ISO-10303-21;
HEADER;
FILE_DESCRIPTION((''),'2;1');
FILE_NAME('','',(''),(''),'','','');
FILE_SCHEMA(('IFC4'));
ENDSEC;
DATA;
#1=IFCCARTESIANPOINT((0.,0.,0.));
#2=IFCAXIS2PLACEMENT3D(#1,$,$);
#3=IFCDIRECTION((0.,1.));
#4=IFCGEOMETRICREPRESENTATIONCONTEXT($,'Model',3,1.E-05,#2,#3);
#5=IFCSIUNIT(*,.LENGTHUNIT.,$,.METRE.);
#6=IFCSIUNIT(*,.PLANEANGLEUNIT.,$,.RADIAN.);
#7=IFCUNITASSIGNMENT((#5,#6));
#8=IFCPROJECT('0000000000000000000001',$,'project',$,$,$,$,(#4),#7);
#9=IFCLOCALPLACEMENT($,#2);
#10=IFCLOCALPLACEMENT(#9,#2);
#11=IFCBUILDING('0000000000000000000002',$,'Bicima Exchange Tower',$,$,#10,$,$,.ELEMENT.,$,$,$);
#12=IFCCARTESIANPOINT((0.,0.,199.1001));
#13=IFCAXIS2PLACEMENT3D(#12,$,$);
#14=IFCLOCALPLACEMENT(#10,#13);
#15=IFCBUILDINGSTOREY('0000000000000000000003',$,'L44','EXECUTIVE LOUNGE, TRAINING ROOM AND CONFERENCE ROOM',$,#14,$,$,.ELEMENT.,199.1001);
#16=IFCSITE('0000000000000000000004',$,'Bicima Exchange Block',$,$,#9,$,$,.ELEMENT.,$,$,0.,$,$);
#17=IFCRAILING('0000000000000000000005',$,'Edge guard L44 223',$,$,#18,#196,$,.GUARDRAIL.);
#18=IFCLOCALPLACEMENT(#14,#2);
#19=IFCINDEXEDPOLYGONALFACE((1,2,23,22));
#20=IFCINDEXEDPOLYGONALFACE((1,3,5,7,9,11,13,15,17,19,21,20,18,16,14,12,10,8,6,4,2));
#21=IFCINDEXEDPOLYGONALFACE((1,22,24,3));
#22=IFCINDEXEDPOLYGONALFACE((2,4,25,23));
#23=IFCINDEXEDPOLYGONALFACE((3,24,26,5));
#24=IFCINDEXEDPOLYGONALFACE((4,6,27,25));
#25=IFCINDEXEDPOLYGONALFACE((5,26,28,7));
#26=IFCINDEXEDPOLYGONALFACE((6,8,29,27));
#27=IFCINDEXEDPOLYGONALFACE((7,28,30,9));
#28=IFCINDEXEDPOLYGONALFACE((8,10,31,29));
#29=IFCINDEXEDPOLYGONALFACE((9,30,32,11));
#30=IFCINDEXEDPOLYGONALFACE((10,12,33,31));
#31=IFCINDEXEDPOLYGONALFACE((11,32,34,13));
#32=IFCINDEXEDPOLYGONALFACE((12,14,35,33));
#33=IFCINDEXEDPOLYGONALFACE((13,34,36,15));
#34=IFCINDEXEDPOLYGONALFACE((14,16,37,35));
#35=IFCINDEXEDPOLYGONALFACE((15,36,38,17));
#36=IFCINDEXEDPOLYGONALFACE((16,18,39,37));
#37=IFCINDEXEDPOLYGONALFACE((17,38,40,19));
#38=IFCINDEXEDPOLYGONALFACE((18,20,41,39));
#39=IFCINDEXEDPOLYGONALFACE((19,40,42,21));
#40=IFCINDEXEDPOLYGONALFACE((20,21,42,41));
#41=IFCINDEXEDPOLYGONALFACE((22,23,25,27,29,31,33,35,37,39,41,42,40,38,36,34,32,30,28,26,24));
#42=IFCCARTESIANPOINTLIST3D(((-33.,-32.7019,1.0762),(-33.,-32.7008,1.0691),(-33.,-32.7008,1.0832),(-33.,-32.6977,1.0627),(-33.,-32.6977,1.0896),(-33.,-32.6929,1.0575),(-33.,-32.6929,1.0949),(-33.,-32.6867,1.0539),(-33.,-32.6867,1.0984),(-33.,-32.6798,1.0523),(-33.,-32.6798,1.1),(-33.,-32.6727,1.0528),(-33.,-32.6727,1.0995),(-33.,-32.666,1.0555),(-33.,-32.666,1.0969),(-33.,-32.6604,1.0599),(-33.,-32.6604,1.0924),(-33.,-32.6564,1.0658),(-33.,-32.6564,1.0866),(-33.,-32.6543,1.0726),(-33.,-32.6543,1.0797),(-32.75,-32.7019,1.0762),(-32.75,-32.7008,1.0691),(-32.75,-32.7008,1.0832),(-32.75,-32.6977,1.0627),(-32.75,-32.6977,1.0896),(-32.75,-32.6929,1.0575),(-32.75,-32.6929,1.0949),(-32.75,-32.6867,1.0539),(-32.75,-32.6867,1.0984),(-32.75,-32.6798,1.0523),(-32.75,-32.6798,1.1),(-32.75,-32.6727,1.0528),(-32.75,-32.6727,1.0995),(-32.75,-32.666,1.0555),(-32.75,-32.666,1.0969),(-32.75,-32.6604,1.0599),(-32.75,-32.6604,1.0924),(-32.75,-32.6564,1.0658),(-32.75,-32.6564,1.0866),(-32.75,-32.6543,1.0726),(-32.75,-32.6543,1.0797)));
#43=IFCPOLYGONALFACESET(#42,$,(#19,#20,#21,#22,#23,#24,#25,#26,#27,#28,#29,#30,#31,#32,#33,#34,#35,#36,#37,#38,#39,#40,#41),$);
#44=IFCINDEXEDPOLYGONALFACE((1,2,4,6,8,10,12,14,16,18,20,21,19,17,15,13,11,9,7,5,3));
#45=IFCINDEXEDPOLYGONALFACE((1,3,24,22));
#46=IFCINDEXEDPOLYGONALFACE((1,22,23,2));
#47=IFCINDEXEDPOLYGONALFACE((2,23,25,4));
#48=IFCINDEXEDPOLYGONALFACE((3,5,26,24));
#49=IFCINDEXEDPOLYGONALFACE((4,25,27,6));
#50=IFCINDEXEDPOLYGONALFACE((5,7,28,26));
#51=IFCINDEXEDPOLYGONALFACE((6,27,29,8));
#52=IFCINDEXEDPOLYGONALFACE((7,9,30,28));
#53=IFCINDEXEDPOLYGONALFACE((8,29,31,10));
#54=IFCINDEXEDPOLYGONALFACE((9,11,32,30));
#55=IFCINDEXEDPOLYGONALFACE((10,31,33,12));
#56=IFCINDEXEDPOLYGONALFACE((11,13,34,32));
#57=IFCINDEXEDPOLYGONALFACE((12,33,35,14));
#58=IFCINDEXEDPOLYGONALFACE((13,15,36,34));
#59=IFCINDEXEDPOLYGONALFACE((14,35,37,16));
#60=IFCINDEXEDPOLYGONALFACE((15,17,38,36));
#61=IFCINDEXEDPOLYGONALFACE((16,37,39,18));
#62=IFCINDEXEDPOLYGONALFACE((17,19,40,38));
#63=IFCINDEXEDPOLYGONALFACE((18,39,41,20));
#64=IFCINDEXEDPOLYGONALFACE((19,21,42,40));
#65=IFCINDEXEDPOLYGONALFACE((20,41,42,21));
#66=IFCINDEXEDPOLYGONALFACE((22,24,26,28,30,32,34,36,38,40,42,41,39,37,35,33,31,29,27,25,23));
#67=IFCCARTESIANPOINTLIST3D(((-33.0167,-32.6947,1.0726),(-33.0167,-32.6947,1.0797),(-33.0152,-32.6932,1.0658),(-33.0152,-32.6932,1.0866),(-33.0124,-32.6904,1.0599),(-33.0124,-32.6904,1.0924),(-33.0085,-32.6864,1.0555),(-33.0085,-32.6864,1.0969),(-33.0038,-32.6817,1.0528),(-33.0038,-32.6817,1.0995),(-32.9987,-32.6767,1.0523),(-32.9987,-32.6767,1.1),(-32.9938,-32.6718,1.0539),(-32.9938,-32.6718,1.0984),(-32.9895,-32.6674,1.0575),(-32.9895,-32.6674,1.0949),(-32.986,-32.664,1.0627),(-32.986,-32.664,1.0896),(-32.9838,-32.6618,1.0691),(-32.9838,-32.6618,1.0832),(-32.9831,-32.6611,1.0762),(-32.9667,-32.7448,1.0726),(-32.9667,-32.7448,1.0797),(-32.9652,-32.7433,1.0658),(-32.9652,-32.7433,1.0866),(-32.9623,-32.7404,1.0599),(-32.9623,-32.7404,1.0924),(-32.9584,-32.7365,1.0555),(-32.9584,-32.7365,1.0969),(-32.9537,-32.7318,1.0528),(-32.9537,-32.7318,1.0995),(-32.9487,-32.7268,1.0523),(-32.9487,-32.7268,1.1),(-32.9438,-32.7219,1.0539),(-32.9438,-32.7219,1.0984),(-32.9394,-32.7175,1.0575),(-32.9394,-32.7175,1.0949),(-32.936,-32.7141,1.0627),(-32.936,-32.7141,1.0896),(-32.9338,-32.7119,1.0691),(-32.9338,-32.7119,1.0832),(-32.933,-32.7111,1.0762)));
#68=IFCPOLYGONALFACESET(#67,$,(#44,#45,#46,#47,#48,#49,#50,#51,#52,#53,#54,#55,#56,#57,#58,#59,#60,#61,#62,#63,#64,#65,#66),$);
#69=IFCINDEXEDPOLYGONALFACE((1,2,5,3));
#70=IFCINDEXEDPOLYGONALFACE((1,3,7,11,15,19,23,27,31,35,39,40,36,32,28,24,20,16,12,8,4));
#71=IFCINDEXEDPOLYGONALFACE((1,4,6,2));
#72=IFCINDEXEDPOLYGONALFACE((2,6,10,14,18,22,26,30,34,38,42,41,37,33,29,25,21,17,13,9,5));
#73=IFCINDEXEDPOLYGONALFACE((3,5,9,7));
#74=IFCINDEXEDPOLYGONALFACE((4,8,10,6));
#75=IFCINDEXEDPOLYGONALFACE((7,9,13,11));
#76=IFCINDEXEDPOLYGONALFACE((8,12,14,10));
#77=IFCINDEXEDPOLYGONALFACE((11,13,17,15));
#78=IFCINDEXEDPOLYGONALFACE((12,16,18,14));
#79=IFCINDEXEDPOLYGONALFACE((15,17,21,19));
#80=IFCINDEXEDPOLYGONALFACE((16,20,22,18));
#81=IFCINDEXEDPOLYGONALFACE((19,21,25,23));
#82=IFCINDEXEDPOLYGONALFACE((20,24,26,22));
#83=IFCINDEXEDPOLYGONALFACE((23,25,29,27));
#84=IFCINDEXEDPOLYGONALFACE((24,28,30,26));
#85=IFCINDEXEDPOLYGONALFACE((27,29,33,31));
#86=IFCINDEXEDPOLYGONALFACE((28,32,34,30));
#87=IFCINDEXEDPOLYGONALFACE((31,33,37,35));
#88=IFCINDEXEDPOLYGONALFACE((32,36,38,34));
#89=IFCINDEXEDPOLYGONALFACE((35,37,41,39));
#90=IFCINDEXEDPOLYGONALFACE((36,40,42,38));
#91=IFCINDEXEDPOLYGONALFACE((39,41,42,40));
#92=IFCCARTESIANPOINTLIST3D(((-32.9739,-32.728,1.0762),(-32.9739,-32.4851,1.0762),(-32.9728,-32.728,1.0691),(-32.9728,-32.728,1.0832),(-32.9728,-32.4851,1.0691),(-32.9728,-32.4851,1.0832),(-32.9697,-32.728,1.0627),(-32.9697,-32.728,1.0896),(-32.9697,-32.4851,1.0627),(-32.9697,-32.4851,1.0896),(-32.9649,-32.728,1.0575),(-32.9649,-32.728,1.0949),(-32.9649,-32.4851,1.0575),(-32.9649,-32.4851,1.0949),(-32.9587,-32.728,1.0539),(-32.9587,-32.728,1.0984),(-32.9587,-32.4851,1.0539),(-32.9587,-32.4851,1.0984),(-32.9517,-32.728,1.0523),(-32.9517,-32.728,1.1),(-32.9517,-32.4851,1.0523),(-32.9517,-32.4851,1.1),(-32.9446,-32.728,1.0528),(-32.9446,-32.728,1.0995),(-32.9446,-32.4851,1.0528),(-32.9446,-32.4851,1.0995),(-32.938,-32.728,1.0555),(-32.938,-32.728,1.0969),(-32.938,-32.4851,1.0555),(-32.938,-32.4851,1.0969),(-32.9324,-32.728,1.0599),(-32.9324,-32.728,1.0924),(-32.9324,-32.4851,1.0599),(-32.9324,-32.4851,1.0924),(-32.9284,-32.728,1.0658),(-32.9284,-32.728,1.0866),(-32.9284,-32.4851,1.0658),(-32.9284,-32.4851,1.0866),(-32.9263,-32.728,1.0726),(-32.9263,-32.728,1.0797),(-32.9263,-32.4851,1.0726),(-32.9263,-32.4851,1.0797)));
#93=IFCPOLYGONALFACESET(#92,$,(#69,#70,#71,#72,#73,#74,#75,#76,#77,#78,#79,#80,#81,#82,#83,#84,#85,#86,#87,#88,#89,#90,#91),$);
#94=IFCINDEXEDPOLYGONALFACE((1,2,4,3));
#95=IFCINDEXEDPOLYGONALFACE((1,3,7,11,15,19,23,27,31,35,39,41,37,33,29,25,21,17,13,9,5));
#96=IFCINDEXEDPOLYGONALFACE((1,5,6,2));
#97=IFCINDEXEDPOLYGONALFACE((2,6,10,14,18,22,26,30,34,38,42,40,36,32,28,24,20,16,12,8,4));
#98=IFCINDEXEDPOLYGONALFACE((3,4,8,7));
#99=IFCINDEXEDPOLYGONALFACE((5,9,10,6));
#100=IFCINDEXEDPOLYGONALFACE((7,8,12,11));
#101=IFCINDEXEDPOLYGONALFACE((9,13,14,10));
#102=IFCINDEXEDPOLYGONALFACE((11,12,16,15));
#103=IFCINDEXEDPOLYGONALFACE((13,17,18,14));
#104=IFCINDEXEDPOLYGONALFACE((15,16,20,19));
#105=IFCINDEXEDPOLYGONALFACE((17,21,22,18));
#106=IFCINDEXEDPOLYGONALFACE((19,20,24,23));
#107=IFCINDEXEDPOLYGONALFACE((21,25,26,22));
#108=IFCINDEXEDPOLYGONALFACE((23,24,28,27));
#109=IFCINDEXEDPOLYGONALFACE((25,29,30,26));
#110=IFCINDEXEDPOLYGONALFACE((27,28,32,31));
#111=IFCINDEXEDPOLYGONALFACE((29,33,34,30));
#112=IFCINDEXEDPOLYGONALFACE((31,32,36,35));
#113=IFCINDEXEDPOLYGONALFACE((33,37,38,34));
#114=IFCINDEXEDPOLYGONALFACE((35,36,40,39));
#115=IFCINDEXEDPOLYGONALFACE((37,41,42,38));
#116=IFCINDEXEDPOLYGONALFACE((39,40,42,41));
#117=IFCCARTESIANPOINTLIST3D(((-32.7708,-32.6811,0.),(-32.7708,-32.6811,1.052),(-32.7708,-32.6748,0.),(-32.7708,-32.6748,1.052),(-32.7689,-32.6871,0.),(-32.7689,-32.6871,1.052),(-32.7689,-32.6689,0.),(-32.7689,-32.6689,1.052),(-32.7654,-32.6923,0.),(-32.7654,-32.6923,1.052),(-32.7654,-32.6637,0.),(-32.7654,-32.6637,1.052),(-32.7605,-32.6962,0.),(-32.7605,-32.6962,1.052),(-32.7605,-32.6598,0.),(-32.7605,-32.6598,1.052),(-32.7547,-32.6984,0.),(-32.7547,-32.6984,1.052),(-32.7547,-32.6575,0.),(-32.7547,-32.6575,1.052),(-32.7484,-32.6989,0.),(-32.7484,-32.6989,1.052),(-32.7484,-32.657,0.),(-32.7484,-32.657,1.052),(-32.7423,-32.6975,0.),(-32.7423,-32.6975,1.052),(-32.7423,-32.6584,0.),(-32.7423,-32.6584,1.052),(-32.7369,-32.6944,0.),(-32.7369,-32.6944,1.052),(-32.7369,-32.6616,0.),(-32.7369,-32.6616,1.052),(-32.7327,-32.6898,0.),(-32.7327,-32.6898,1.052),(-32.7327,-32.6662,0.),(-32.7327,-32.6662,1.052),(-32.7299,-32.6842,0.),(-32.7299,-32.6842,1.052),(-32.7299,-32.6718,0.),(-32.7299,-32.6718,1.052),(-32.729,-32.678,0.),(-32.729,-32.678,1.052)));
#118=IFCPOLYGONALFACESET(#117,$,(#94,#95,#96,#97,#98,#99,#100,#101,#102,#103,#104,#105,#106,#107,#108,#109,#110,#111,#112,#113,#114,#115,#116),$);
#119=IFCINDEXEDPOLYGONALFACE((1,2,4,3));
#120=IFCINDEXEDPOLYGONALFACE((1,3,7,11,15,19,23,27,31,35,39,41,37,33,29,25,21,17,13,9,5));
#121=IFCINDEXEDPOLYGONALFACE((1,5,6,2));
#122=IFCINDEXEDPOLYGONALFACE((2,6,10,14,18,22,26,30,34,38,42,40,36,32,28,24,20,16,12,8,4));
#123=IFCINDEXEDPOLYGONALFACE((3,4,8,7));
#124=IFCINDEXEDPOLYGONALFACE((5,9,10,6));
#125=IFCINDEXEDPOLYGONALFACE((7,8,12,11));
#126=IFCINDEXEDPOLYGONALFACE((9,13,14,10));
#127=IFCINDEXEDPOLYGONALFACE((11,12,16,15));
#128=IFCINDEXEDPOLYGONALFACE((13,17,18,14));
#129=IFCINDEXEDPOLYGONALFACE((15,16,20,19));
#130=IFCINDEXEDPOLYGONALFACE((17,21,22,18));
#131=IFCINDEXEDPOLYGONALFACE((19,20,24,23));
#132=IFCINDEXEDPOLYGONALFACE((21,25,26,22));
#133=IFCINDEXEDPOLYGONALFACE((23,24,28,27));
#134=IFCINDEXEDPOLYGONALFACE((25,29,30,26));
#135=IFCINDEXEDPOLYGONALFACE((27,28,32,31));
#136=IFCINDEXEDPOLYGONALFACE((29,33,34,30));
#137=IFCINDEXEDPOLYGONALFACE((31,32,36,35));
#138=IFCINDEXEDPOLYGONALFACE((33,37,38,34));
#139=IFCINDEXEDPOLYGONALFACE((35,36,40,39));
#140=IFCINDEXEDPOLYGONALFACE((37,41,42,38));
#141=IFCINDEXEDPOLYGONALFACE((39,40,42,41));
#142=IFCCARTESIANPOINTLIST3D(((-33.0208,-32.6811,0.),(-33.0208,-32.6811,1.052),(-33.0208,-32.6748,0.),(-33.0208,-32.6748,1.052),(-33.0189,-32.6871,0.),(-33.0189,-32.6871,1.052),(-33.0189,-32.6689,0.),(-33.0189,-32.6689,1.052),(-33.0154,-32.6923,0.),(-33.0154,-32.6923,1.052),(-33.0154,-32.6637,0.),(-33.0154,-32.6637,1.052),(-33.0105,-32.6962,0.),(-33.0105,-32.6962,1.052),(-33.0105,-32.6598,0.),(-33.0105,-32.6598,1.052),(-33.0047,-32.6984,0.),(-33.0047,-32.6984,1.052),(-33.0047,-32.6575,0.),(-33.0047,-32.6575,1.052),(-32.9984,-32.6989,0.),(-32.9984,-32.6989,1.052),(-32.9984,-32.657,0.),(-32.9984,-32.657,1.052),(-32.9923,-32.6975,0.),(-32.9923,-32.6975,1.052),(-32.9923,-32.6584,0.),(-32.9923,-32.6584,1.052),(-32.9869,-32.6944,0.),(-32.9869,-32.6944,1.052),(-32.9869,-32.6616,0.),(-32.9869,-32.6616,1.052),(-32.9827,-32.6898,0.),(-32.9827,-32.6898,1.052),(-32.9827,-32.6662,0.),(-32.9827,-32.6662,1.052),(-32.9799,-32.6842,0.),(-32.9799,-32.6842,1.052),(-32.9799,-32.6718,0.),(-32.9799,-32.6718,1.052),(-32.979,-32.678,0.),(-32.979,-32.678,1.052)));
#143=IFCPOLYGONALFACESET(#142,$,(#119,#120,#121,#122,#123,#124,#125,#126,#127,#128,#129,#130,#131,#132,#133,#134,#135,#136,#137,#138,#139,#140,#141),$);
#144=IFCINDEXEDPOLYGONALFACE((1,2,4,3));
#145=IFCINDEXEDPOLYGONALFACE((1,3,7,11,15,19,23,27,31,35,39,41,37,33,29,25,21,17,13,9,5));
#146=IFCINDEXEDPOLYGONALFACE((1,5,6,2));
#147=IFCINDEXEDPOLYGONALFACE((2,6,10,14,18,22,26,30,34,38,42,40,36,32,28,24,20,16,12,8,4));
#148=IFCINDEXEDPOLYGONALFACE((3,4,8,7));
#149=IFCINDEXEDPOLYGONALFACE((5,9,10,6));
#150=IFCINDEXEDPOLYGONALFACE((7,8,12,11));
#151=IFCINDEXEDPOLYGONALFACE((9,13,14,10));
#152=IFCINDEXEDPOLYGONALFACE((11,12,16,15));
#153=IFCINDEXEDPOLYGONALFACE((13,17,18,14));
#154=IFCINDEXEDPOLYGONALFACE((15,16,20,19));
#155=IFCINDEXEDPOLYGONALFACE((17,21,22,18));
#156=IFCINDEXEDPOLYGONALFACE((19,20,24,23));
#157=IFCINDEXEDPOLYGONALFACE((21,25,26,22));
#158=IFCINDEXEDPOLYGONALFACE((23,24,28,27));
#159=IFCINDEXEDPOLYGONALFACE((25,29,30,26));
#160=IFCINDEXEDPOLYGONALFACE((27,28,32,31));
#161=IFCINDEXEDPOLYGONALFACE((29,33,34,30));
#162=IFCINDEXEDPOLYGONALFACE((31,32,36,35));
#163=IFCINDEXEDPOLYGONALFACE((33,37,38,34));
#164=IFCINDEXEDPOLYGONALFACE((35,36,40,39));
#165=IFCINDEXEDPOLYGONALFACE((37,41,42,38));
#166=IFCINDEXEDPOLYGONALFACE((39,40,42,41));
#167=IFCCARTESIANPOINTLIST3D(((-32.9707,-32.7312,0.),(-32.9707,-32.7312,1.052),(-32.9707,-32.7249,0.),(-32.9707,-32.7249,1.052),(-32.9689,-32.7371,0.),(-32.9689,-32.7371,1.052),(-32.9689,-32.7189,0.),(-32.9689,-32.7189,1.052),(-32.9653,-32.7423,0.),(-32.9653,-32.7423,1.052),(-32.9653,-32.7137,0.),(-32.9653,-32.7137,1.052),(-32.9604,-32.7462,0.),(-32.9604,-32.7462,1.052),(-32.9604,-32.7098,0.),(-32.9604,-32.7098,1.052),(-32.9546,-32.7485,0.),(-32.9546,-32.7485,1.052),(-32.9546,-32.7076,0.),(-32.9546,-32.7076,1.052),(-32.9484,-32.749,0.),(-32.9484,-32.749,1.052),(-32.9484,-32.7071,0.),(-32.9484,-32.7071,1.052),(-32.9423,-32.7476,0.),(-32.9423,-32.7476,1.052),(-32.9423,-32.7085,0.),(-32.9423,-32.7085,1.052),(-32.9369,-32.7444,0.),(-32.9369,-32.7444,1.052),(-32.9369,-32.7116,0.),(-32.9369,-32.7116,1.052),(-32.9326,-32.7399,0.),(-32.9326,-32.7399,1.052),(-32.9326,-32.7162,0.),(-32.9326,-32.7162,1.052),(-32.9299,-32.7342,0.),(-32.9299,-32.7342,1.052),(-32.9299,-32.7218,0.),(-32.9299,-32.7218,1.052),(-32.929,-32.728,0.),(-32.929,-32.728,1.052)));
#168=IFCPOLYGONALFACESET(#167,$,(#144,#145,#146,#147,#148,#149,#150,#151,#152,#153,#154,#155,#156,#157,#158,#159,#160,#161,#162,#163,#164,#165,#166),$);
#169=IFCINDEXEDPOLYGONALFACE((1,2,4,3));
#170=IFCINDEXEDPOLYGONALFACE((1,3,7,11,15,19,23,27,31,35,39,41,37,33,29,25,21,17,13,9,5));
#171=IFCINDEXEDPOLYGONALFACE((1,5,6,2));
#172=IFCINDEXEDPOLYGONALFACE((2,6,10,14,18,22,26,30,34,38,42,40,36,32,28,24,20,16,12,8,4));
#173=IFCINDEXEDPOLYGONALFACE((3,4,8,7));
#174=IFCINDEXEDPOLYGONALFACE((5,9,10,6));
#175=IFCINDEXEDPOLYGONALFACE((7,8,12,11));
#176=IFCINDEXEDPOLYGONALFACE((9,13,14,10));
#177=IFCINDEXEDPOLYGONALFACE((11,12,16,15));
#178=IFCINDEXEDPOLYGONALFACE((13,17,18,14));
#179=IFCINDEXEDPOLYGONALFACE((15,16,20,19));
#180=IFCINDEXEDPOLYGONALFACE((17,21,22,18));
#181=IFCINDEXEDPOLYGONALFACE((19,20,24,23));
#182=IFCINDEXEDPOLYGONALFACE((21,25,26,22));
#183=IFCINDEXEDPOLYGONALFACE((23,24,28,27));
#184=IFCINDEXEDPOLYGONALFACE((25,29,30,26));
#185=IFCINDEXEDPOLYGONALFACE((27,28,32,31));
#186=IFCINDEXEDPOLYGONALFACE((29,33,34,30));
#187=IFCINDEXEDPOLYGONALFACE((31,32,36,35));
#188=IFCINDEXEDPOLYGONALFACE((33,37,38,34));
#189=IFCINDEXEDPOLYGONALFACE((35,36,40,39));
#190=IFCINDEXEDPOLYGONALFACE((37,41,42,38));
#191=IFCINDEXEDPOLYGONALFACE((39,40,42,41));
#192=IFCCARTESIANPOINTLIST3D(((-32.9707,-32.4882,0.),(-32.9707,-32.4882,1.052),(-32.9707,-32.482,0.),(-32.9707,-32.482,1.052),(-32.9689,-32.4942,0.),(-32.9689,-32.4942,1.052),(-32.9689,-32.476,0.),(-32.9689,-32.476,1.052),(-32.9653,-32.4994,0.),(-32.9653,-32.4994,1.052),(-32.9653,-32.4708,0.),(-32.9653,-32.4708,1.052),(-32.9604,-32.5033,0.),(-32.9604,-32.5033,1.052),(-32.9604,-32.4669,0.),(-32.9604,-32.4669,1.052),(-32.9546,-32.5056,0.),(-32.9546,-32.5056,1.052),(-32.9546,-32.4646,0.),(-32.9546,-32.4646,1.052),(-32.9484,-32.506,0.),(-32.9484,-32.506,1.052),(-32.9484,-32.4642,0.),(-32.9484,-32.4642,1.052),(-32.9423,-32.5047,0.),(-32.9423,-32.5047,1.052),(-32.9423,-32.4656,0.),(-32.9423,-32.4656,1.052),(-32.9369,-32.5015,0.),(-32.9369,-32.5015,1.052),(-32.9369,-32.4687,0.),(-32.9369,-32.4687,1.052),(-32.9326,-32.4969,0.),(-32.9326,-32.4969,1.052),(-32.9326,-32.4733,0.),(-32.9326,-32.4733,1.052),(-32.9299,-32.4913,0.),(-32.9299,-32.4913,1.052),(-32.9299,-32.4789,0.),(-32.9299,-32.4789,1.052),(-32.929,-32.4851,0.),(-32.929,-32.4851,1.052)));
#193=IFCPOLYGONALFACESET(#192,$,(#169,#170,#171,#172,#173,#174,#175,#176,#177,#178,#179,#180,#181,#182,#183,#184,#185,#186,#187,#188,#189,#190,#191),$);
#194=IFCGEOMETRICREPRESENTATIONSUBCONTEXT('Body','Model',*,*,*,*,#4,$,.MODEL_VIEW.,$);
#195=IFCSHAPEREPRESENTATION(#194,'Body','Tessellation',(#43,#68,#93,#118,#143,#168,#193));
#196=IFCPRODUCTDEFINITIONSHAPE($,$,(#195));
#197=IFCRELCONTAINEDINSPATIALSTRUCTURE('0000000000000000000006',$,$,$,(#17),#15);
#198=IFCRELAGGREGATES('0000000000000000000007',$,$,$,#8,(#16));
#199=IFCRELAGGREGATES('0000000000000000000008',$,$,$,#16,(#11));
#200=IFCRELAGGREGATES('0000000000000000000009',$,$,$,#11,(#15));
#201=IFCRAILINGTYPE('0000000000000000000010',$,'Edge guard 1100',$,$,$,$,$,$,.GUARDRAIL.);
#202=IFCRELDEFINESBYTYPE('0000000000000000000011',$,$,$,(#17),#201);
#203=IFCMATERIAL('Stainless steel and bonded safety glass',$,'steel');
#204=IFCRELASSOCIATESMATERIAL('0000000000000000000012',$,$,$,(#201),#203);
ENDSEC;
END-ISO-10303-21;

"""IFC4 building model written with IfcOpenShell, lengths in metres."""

from ifc_helpers import new_model, si_unit, direction, frame, origin, origin_2d, place, context, subcontext, project, spatial, circle, extrude, material, type_object, element, save


model = new_model("IFC4")

# Units and contexts
model_context = context("Model", 3, precision=1e-05, world=origin(), true_north=direction((0.0, 1.0)))
body_context = subcontext(model_context, "Body", "Model", "MODEL_VIEW")
ifc_project = project(units=[si_unit("LENGTHUNIT", "METRE"), si_unit("PLANEANGLEUNIT", "RADIAN")], contexts=[model_context])

# Site, building, storey
site_placement = place(None, origin())
site = spatial("IfcSite", under=ifc_project, at=site_placement, Name="Bicima Exchange Block", CompositionType="ELEMENT", RefElevation=0.0)
building_placement = place(site_placement, origin())
building = spatial("IfcBuilding", under=site, at=building_placement, Name="Bicima Exchange Tower", CompositionType="ELEMENT")
storey_placement = place(building_placement, frame((0.0, 0.0, 199.1001)))
storey = spatial("IfcBuildingStorey", under=building, at=storey_placement, Name="L44", Description="EXECUTIVE LOUNGE, TRAINING ROOM AND CONFERENCE ROOM", CompositionType="ELEMENT", Elevation=199.1001)

# Railing
ifc_material_1 = material(Name="Stainless steel and bonded safety glass", Category="steel")
railing_type = type_object("IfcRailingType", Name="Edge guard 1100", PredefinedType="GUARDRAIL", material=ifc_material_1)
railing_1_placement = place(storey_placement, frame((-32.75, -32.678, 0.0)))
element("IfcRailing", 1, at=railing_1_placement, inside=storey, type_object=railing_type, Name="Edge guard L44 223", PredefinedType="GUARDRAIL", context=body_context, shape_type="SweptSolid", body=[
    extrude(circle(Radius=0.0239, at=origin_2d()), frame((0.0, 0.0, 1.0762), z_axis=(-1.0, 0.0, 0.0), x_axis=(0.0, -1.0, 0.0)), (0.0, 0.0, 1.0), 0.25),
    extrude(circle(Radius=0.0239, at=origin_2d()), frame((-0.25, 0.0, 1.0762), z_axis=(0.707107, -0.707107, 0.0), x_axis=(0.707107, 0.707107, 0.0)), (0.0, 0.0, 1.0), 0.0708),
    extrude(circle(Radius=0.0239, at=origin_2d()), frame((-0.2, -0.05, 1.0762), z_axis=(0.0, 1.0, 0.0), x_axis=(-1.0, 0.0, 0.0)), (0.0, 0.0, 1.0), 0.2429),
    extrude(circle(Radius=0.021, at=origin_2d()), origin(), (0.0, 0.0, 1.0), 1.052),
    extrude(circle(Radius=0.021, at=origin_2d()), frame((-0.25, 0.0, 0.0)), (0.0, 0.0, 1.0), 1.052),
    extrude(circle(Radius=0.021, at=origin_2d()), frame((-0.2, -0.05, 0.0)), (0.0, 0.0, 1.0), 1.052),
    extrude(circle(Radius=0.021, at=origin_2d()), frame((-0.2, 0.1929, 0.0)), (0.0, 0.0, 1.0), 1.052),
])

save(model, "model.ifc")
